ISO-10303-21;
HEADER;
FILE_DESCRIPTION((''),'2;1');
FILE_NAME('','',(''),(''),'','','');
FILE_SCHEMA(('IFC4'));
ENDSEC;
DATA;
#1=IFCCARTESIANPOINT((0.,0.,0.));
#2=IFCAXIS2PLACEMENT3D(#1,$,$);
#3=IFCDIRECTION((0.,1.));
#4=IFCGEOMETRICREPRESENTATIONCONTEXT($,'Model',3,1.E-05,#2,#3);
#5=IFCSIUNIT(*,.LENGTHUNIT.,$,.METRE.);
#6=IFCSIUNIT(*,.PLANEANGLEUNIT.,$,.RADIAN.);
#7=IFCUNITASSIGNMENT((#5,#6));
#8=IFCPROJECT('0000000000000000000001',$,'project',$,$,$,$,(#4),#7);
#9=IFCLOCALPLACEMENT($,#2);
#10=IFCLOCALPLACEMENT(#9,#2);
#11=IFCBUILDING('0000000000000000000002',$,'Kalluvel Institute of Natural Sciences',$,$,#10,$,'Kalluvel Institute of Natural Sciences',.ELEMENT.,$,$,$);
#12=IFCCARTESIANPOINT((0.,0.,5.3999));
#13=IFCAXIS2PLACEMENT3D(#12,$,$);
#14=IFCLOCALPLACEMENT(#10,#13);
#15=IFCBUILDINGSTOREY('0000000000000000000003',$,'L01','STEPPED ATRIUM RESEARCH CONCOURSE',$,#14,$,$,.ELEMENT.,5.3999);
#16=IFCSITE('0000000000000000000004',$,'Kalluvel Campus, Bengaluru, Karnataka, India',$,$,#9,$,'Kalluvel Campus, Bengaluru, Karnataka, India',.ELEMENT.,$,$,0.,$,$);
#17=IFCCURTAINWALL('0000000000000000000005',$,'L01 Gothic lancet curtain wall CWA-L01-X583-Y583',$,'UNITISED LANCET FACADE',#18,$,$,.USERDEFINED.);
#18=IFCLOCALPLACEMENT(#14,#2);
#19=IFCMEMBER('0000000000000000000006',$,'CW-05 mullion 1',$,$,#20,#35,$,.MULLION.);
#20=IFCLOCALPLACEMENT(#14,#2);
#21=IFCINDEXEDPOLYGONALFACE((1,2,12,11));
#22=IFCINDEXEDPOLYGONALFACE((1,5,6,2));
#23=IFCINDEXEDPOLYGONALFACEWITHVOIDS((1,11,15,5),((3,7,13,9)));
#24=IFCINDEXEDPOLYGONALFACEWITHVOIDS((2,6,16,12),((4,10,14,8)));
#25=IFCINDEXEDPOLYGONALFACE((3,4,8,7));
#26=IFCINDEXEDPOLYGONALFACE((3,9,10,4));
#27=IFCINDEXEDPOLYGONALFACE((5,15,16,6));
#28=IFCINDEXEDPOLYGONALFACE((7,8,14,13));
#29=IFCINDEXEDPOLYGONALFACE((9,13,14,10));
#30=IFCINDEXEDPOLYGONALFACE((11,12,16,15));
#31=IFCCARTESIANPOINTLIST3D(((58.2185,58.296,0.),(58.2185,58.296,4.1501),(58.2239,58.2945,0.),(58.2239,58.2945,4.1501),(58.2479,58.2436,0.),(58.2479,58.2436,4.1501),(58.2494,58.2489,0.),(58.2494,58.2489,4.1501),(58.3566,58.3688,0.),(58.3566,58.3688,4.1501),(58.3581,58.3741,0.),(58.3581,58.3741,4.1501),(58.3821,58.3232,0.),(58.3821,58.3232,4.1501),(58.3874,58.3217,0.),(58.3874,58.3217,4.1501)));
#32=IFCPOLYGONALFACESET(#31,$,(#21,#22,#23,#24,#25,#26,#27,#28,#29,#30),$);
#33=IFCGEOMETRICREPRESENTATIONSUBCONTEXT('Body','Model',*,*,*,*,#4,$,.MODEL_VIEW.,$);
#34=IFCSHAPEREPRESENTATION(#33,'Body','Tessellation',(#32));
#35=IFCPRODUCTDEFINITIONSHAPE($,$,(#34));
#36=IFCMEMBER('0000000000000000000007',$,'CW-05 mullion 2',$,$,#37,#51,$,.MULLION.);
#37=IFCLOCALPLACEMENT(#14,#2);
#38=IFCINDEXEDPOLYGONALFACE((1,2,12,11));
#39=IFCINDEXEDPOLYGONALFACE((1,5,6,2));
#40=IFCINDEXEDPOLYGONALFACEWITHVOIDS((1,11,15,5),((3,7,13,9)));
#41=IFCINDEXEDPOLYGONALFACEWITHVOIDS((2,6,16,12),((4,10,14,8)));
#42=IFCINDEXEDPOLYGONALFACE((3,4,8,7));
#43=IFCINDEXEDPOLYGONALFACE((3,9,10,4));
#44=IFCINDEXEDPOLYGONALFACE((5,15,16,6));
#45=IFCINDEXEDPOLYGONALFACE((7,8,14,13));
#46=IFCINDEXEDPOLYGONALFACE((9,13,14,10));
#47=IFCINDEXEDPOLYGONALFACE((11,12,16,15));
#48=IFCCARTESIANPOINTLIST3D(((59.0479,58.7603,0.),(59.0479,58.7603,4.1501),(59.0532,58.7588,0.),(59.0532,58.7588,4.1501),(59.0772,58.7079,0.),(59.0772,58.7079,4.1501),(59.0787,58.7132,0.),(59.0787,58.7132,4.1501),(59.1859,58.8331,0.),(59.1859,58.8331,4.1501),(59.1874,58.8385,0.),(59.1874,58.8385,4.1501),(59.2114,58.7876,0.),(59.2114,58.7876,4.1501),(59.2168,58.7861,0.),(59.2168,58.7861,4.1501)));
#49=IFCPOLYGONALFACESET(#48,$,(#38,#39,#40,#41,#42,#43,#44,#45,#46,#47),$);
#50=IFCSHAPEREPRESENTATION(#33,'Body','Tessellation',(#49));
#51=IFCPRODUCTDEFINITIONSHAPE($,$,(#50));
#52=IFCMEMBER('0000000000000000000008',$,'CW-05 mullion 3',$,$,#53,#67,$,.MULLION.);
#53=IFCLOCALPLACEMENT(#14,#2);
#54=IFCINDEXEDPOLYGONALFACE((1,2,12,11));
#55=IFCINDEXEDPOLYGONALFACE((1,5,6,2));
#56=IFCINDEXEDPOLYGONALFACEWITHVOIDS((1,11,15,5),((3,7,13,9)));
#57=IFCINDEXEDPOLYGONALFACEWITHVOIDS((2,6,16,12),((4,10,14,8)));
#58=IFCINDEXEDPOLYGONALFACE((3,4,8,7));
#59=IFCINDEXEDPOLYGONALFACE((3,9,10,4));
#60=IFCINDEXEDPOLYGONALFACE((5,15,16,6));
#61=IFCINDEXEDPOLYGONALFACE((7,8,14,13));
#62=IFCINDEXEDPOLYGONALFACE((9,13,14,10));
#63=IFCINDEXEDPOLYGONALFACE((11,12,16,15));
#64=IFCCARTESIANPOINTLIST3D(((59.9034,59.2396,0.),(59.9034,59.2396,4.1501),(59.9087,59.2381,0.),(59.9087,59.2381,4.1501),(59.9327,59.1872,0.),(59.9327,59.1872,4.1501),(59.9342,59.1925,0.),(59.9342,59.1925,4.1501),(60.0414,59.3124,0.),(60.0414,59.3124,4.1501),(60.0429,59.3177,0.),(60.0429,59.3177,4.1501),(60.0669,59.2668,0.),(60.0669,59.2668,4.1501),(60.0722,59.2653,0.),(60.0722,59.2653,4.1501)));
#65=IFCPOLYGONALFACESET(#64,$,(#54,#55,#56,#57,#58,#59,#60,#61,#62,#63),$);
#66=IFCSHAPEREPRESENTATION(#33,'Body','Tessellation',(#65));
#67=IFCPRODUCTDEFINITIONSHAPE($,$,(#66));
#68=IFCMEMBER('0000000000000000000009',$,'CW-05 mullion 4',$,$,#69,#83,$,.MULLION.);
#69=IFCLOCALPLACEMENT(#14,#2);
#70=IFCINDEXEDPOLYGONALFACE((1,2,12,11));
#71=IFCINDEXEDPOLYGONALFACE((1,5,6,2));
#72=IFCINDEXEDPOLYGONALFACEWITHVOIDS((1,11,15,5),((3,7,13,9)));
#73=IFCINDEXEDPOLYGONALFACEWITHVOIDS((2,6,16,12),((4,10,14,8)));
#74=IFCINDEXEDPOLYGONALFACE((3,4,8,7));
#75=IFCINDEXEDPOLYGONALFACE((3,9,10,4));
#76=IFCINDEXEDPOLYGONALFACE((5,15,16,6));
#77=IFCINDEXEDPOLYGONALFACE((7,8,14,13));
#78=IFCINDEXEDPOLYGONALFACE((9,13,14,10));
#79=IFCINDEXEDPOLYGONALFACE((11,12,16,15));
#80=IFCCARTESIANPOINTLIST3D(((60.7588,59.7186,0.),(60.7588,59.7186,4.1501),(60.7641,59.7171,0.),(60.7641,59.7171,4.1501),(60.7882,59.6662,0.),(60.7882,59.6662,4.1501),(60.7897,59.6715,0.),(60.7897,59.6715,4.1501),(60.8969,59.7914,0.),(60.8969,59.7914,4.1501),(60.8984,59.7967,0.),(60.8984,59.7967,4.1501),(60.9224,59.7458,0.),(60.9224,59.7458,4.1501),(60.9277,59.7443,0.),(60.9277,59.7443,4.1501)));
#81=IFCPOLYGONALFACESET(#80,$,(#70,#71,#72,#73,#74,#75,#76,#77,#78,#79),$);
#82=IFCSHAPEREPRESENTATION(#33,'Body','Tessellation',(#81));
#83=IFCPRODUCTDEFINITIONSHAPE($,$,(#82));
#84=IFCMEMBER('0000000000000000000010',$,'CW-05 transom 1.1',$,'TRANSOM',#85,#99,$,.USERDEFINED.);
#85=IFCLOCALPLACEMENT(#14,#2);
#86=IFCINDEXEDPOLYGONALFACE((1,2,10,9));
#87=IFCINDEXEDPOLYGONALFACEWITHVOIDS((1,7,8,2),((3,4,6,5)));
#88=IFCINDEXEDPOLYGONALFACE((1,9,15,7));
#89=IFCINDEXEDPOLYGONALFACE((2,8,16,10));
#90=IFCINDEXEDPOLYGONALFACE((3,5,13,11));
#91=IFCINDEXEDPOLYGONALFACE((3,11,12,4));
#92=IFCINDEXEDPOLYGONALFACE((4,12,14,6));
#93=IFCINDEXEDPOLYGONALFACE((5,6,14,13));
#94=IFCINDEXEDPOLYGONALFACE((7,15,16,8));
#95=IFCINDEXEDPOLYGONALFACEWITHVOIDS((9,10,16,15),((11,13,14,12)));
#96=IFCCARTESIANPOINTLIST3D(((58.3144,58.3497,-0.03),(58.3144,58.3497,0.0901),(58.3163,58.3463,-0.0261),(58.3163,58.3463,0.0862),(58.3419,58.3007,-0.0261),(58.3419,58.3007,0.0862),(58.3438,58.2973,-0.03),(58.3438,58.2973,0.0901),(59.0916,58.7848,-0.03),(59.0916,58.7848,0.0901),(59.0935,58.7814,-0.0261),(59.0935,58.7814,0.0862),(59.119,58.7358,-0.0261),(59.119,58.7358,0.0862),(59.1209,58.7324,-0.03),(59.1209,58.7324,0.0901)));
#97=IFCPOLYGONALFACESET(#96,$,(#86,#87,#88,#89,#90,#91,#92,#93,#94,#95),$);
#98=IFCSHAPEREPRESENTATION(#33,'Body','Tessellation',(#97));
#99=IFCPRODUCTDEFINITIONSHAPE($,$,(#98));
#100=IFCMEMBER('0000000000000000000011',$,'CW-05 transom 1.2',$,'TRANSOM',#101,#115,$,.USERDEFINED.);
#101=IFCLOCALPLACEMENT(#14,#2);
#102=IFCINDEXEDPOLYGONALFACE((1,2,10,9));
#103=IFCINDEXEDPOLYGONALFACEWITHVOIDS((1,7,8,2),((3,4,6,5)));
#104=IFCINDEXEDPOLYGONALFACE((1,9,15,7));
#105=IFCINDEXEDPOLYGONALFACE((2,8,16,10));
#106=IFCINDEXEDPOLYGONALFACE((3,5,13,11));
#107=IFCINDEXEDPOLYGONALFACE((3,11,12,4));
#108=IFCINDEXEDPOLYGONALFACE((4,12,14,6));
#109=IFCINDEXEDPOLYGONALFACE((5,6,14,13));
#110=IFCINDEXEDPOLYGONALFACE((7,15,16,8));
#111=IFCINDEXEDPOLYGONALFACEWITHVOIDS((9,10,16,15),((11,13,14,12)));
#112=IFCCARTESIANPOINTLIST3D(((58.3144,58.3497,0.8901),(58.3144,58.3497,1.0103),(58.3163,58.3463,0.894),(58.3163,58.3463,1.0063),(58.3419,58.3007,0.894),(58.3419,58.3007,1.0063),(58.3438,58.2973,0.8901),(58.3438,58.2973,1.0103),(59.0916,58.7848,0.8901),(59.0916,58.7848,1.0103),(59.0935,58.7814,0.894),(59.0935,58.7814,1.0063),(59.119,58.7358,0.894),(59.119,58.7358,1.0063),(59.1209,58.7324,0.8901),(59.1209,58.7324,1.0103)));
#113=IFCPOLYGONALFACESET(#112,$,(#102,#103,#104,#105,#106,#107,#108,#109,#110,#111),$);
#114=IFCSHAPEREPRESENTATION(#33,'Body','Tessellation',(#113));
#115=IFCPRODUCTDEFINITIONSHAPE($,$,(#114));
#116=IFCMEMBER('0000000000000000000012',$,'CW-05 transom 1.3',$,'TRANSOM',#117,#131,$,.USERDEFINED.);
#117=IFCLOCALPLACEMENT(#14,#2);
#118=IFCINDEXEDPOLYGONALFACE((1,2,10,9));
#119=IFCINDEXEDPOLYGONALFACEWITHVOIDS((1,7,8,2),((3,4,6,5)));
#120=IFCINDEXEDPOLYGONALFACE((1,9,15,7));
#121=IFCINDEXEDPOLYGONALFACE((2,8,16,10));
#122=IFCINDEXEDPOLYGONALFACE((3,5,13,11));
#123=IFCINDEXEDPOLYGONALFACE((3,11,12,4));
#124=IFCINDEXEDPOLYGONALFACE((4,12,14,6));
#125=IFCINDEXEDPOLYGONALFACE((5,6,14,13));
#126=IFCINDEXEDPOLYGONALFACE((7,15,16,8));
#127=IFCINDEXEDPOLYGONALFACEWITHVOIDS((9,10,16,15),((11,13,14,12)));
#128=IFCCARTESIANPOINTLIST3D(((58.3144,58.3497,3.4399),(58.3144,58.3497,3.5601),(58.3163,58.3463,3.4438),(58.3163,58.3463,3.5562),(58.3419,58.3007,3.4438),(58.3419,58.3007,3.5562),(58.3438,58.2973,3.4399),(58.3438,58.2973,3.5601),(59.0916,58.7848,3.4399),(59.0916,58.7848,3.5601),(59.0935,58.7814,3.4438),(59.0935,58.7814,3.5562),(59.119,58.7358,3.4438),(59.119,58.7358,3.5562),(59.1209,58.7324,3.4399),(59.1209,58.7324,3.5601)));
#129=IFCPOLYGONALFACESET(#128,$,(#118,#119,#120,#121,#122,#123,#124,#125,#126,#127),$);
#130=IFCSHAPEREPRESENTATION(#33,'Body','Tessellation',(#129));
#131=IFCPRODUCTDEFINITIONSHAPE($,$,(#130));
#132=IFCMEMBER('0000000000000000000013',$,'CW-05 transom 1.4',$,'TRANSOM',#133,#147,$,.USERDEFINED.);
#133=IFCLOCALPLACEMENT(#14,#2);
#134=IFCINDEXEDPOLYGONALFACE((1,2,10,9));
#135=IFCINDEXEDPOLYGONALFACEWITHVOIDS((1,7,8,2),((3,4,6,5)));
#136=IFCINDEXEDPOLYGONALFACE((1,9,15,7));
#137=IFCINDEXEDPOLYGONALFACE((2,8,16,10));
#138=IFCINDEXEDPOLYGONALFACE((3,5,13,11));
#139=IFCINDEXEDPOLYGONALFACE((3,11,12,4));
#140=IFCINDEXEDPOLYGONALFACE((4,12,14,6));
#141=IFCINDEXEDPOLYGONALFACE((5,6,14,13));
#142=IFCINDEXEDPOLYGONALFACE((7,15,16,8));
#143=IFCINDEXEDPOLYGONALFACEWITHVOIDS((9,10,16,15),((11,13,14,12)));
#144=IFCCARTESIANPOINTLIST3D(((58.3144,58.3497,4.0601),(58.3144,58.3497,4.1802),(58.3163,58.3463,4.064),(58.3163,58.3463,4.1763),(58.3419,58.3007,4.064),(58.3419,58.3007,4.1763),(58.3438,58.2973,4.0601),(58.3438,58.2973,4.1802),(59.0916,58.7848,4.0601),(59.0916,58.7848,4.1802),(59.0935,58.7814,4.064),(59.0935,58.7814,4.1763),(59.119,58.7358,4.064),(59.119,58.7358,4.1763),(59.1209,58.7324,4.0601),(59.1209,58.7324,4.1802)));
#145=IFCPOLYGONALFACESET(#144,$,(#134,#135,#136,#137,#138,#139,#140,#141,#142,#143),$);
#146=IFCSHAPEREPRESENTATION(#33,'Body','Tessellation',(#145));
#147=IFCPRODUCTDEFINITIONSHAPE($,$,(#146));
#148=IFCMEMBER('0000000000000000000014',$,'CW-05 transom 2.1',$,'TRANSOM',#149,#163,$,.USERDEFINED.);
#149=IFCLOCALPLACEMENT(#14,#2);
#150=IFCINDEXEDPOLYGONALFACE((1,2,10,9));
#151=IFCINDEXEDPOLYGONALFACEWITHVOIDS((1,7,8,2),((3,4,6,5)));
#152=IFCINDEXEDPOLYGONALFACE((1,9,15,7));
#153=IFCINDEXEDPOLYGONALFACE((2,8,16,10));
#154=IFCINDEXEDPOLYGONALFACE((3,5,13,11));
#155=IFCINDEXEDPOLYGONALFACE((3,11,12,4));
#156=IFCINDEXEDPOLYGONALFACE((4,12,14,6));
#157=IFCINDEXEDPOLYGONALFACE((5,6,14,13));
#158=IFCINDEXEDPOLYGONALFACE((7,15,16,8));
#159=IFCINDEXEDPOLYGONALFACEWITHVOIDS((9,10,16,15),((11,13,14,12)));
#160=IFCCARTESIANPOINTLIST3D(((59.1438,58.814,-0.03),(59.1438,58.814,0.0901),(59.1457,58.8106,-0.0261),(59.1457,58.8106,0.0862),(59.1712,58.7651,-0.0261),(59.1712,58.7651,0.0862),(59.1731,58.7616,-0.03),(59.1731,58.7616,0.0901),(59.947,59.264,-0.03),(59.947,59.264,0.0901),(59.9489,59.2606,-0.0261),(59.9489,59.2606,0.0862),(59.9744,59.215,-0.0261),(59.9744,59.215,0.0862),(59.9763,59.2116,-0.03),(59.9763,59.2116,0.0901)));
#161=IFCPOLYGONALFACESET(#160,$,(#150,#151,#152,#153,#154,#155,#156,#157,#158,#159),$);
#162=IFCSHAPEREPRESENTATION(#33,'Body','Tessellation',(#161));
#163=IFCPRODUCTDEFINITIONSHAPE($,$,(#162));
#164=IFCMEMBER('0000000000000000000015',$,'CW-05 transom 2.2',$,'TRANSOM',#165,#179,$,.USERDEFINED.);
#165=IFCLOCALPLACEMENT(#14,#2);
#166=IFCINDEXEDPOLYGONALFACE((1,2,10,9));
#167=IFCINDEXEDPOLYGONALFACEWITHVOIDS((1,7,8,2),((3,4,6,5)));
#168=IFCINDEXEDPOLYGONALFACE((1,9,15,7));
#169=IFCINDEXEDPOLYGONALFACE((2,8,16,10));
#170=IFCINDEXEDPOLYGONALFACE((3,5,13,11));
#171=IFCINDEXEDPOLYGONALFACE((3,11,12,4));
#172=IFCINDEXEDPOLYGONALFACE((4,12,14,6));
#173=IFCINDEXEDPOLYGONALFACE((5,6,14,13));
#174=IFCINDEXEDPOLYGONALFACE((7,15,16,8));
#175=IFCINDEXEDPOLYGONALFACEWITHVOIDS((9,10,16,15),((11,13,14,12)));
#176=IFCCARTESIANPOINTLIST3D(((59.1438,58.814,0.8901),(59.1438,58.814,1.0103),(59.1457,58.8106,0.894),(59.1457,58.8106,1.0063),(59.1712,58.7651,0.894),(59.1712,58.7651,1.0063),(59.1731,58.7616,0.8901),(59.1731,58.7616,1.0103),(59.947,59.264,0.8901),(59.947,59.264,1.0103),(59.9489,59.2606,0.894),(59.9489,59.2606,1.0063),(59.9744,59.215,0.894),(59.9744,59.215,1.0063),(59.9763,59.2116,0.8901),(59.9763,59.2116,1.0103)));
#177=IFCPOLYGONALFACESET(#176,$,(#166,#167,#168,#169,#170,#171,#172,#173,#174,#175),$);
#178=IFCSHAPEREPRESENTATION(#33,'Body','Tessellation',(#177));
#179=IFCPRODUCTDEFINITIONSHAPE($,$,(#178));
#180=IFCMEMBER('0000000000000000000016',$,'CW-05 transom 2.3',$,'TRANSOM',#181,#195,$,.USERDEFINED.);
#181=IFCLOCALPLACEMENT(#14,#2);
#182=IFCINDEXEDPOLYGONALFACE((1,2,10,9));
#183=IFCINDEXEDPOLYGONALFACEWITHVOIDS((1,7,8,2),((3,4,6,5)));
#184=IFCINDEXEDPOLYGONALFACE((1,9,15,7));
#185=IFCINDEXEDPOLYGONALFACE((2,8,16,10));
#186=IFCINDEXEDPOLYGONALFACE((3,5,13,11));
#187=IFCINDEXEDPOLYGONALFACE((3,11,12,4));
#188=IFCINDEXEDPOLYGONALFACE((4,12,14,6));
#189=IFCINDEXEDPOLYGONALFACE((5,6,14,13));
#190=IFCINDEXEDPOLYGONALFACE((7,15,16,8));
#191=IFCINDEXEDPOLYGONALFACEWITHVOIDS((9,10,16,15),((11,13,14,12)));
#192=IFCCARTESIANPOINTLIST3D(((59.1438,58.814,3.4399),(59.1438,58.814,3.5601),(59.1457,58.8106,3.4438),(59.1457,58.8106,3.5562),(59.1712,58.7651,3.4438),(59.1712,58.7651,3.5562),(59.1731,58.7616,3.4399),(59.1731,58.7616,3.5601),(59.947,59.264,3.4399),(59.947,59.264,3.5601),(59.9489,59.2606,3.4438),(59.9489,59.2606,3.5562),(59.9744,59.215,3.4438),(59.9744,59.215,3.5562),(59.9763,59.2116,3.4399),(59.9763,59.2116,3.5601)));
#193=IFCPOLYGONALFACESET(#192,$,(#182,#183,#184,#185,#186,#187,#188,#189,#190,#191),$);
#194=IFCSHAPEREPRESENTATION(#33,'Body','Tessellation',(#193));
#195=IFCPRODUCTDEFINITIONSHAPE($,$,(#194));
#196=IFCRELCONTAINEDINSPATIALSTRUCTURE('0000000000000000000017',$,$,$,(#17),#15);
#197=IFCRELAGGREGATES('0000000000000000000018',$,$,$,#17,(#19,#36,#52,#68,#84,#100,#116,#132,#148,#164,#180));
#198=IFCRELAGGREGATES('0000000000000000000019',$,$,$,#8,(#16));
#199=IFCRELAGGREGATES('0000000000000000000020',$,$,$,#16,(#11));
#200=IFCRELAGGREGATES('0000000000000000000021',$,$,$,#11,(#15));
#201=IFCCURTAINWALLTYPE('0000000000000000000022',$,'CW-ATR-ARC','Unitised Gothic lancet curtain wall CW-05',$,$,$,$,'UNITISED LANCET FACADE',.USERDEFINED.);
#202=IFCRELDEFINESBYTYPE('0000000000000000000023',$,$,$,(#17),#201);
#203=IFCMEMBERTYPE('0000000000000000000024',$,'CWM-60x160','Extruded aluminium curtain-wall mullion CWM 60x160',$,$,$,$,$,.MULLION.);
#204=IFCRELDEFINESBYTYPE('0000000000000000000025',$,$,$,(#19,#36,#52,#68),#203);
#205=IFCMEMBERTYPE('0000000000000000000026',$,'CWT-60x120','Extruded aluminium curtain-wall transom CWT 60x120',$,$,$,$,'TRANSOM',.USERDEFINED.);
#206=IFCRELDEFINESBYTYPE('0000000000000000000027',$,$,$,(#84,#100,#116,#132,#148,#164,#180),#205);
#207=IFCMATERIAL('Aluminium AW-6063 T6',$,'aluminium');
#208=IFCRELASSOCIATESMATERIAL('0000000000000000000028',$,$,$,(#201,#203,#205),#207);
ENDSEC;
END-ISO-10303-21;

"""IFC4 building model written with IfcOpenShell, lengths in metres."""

from ifc_helpers import new_model, si_unit, direction, frame, origin, origin_2d, place, context, subcontext, project, spatial, hollow_rectangle, extrude, material, material_profile, profile_set, type_object, element, aggregate, save


model = new_model("IFC4")

# Units and contexts
model_context = context("Model", 3, precision=1e-05, world=origin(), true_north=direction((0.0, 1.0)))
body_context = subcontext(model_context, "Body", "Model", "MODEL_VIEW")
ifc_project = project(units=[si_unit("LENGTHUNIT", "METRE"), si_unit("PLANEANGLEUNIT", "RADIAN")], contexts=[model_context])

# Site, building, storey
site_placement = place(None, origin())
site = spatial("IfcSite", under=ifc_project, at=site_placement, Name="Kalluvel Campus, Bengaluru, Karnataka, India", LongName="Kalluvel Campus, Bengaluru, Karnataka, India", CompositionType="ELEMENT", RefElevation=0.0)
building_placement = place(site_placement, origin())
building = spatial("IfcBuilding", under=site, at=building_placement, Name="Kalluvel Institute of Natural Sciences", LongName="Kalluvel Institute of Natural Sciences", CompositionType="ELEMENT")
storey_placement = place(building_placement, frame((0.0, 0.0, 5.3999)))
storey = spatial("IfcBuildingStorey", under=building, at=storey_placement, Name="L01", Description="STEPPED ATRIUM RESEARCH CONCOURSE", CompositionType="ELEMENT", Elevation=5.3999)

# Curtain wall, members
ifc_material_1 = material(Name="Aluminium AW-6063 T6", Category="aluminium")
curtain_wall_type = type_object("IfcCurtainWallType", Name="CW-ATR-ARC", Description="Unitised Gothic lancet curtain wall CW-05", ElementType="UNITISED LANCET FACADE", PredefinedType="USERDEFINED", material=ifc_material_1)
curtain_wall_placement = place(storey_placement, origin())
curtain_wall = element("IfcCurtainWall", 1, at=curtain_wall_placement, inside=storey, type_object=curtain_wall_type, Name="L01 Gothic lancet curtain wall CWA-L01-X583-Y583", ObjectType="UNITISED LANCET FACADE", PredefinedType="USERDEFINED")
ifc_material_profile_1 = material_profile(ifc_material_1, hollow_rectangle(XDim=0.0601, YDim=0.1599, WallThickness=0.0039, at=origin_2d()), Name="CWM 60x160")
ifc_profile_set_1 = profile_set([ifc_material_profile_1], Name="Aluminium AW-6063 T6")
member_type_1 = type_object("IfcMemberType", Name="CWM-60x160", Description="Extruded aluminium curtain-wall mullion CWM 60x160", PredefinedType="MULLION", material=ifc_profile_set_1)
member_1_placement = place(storey_placement, frame((58.303, 58.3088, 0.0), z_axis=(0.0, 0.0, 1.0), x_axis=(-0.488619, 0.872497, 0.0)))
member_1 = element("IfcMember", 2, at=member_1_placement, type_object=member_type_1, Name="CW-05 mullion 1", PredefinedType="MULLION", context=body_context, shape_type="SweptSolid", body=[
    extrude(hollow_rectangle(XDim=0.0601, YDim=0.1599, WallThickness=0.0039, at=origin_2d()), origin(), (0.0, 0.0, 1.0), 4.1501),
])
member_2_placement = place(storey_placement, frame((59.1323, 58.7732, 0.0), z_axis=(0.0, 0.0, 1.0), x_axis=(-0.488619, 0.872497, 0.0)))
member_2 = element("IfcMember", 3, at=member_2_placement, type_object=member_type_1, Name="CW-05 mullion 2", PredefinedType="MULLION", context=body_context, shape_type="SweptSolid", body=[
    extrude(hollow_rectangle(XDim=0.0601, YDim=0.1599, WallThickness=0.0039, at=origin_2d()), origin(), (0.0, 0.0, 1.0), 4.1501),
])
member_3_placement = place(storey_placement, frame((59.9878, 59.2524, 0.0), z_axis=(0.0, 0.0, 1.0), x_axis=(-0.488619, 0.872497, 0.0)))
member_3 = element("IfcMember", 4, at=member_3_placement, type_object=member_type_1, Name="CW-05 mullion 3", PredefinedType="MULLION", context=body_context, shape_type="SweptSolid", body=[
    extrude(hollow_rectangle(XDim=0.0601, YDim=0.1599, WallThickness=0.0039, at=origin_2d()), origin(), (0.0, 0.0, 1.0), 4.1501),
])
member_4_placement = place(storey_placement, frame((60.8433, 59.7314, 0.0), z_axis=(0.0, 0.0, 1.0), x_axis=(-0.488619, 0.872497, 0.0)))
member_4 = element("IfcMember", 5, at=member_4_placement, type_object=member_type_1, Name="CW-05 mullion 4", PredefinedType="MULLION", context=body_context, shape_type="SweptSolid", body=[
    extrude(hollow_rectangle(XDim=0.0601, YDim=0.1599, WallThickness=0.0039, at=origin_2d()), origin(), (0.0, 0.0, 1.0), 4.1501),
])
ifc_material_profile_2 = material_profile(ifc_material_1, hollow_rectangle(XDim=0.0601, YDim=0.1201, WallThickness=0.0039, at=origin_2d()), Name="CWT 60x120")
ifc_profile_set_2 = profile_set([ifc_material_profile_2], Name="Aluminium AW-6063 T6")
member_type_2 = type_object("IfcMemberType", Name="CWT-60x120", Description="Extruded aluminium curtain-wall transom CWT 60x120", ElementType="TRANSOM", PredefinedType="USERDEFINED", material=ifc_profile_set_2)
member_5_placement = place(storey_placement, frame((58.3291, 58.3235, 0.03), z_axis=(0.872562, 0.488503, 0.0), x_axis=(-0.488503, 0.872562, 0.0)))
member_5 = element("IfcMember", 6, at=member_5_placement, type_object=member_type_2, Name="CW-05 transom 1.1", ObjectType="TRANSOM", PredefinedType="USERDEFINED", context=body_context, shape_type="SweptSolid", body=[
    extrude(hollow_rectangle(XDim=0.0601, YDim=0.1201, WallThickness=0.0039, at=origin_2d()), origin(), (0.0, 0.0, 1.0), 0.8906),
])
member_6_placement = place(storey_placement, frame((58.3291, 58.3235, 0.9502), z_axis=(0.872562, 0.488503, 0.0), x_axis=(-0.488503, 0.872562, 0.0)))
member_6 = element("IfcMember", 7, at=member_6_placement, type_object=member_type_2, Name="CW-05 transom 1.2", ObjectType="TRANSOM", PredefinedType="USERDEFINED", context=body_context, shape_type="SweptSolid", body=[
    extrude(hollow_rectangle(XDim=0.0601, YDim=0.1201, WallThickness=0.0039, at=origin_2d()), origin(), (0.0, 0.0, 1.0), 0.8906),
])
member_7_placement = place(storey_placement, frame((58.3291, 58.3235, 3.5), z_axis=(0.872562, 0.488503, 0.0), x_axis=(-0.488503, 0.872562, 0.0)))
member_7 = element("IfcMember", 8, at=member_7_placement, type_object=member_type_2, Name="CW-05 transom 1.3", ObjectType="TRANSOM", PredefinedType="USERDEFINED", context=body_context, shape_type="SweptSolid", body=[
    extrude(hollow_rectangle(XDim=0.0601, YDim=0.1201, WallThickness=0.0039, at=origin_2d()), origin(), (0.0, 0.0, 1.0), 0.8906),
])
member_8_placement = place(storey_placement, frame((58.3291, 58.3235, 4.1201), z_axis=(0.872562, 0.488503, 0.0), x_axis=(-0.488503, 0.872562, 0.0)))
member_8 = element("IfcMember", 9, at=member_8_placement, type_object=member_type_2, Name="CW-05 transom 1.4", ObjectType="TRANSOM", PredefinedType="USERDEFINED", context=body_context, shape_type="SweptSolid", body=[
    extrude(hollow_rectangle(XDim=0.0601, YDim=0.1201, WallThickness=0.0039, at=origin_2d()), origin(), (0.0, 0.0, 1.0), 0.8906),
])
member_9_placement = place(storey_placement, frame((59.1584, 58.7878, 0.03), z_axis=(0.872438, 0.488724, 0.0), x_axis=(-0.488724, 0.872438, 0.0)))
member_9 = element("IfcMember", 10, at=member_9_placement, type_object=member_type_2, Name="CW-05 transom 2.1", ObjectType="TRANSOM", PredefinedType="USERDEFINED", context=body_context, shape_type="SweptSolid", body=[
    extrude(hollow_rectangle(XDim=0.0601, YDim=0.1201, WallThickness=0.0039, at=origin_2d()), origin(), (0.0, 0.0, 1.0), 0.9207),
])
member_10_placement = place(storey_placement, frame((59.1584, 58.7878, 0.9502), z_axis=(0.872438, 0.488724, 0.0), x_axis=(-0.488724, 0.872438, 0.0)))
member_10 = element("IfcMember", 11, at=member_10_placement, type_object=member_type_2, Name="CW-05 transom 2.2", ObjectType="TRANSOM", PredefinedType="USERDEFINED", context=body_context, shape_type="SweptSolid", body=[
    extrude(hollow_rectangle(XDim=0.0601, YDim=0.1201, WallThickness=0.0039, at=origin_2d()), origin(), (0.0, 0.0, 1.0), 0.9207),
])
member_11_placement = place(storey_placement, frame((59.1584, 58.7878, 3.5), z_axis=(0.872438, 0.488724, 0.0), x_axis=(-0.488724, 0.872438, 0.0)))
member_11 = element("IfcMember", 12, at=member_11_placement, type_object=member_type_2, Name="CW-05 transom 2.3", ObjectType="TRANSOM", PredefinedType="USERDEFINED", context=body_context, shape_type="SweptSolid", body=[
    extrude(hollow_rectangle(XDim=0.0601, YDim=0.1201, WallThickness=0.0039, at=origin_2d()), origin(), (0.0, 0.0, 1.0), 0.9207),
])
aggregate(curtain_wall, [member_1, member_2, member_3, member_4, member_5, member_6, member_7, member_8, member_9, member_10, member_11])

save(model, "model.ifc")
